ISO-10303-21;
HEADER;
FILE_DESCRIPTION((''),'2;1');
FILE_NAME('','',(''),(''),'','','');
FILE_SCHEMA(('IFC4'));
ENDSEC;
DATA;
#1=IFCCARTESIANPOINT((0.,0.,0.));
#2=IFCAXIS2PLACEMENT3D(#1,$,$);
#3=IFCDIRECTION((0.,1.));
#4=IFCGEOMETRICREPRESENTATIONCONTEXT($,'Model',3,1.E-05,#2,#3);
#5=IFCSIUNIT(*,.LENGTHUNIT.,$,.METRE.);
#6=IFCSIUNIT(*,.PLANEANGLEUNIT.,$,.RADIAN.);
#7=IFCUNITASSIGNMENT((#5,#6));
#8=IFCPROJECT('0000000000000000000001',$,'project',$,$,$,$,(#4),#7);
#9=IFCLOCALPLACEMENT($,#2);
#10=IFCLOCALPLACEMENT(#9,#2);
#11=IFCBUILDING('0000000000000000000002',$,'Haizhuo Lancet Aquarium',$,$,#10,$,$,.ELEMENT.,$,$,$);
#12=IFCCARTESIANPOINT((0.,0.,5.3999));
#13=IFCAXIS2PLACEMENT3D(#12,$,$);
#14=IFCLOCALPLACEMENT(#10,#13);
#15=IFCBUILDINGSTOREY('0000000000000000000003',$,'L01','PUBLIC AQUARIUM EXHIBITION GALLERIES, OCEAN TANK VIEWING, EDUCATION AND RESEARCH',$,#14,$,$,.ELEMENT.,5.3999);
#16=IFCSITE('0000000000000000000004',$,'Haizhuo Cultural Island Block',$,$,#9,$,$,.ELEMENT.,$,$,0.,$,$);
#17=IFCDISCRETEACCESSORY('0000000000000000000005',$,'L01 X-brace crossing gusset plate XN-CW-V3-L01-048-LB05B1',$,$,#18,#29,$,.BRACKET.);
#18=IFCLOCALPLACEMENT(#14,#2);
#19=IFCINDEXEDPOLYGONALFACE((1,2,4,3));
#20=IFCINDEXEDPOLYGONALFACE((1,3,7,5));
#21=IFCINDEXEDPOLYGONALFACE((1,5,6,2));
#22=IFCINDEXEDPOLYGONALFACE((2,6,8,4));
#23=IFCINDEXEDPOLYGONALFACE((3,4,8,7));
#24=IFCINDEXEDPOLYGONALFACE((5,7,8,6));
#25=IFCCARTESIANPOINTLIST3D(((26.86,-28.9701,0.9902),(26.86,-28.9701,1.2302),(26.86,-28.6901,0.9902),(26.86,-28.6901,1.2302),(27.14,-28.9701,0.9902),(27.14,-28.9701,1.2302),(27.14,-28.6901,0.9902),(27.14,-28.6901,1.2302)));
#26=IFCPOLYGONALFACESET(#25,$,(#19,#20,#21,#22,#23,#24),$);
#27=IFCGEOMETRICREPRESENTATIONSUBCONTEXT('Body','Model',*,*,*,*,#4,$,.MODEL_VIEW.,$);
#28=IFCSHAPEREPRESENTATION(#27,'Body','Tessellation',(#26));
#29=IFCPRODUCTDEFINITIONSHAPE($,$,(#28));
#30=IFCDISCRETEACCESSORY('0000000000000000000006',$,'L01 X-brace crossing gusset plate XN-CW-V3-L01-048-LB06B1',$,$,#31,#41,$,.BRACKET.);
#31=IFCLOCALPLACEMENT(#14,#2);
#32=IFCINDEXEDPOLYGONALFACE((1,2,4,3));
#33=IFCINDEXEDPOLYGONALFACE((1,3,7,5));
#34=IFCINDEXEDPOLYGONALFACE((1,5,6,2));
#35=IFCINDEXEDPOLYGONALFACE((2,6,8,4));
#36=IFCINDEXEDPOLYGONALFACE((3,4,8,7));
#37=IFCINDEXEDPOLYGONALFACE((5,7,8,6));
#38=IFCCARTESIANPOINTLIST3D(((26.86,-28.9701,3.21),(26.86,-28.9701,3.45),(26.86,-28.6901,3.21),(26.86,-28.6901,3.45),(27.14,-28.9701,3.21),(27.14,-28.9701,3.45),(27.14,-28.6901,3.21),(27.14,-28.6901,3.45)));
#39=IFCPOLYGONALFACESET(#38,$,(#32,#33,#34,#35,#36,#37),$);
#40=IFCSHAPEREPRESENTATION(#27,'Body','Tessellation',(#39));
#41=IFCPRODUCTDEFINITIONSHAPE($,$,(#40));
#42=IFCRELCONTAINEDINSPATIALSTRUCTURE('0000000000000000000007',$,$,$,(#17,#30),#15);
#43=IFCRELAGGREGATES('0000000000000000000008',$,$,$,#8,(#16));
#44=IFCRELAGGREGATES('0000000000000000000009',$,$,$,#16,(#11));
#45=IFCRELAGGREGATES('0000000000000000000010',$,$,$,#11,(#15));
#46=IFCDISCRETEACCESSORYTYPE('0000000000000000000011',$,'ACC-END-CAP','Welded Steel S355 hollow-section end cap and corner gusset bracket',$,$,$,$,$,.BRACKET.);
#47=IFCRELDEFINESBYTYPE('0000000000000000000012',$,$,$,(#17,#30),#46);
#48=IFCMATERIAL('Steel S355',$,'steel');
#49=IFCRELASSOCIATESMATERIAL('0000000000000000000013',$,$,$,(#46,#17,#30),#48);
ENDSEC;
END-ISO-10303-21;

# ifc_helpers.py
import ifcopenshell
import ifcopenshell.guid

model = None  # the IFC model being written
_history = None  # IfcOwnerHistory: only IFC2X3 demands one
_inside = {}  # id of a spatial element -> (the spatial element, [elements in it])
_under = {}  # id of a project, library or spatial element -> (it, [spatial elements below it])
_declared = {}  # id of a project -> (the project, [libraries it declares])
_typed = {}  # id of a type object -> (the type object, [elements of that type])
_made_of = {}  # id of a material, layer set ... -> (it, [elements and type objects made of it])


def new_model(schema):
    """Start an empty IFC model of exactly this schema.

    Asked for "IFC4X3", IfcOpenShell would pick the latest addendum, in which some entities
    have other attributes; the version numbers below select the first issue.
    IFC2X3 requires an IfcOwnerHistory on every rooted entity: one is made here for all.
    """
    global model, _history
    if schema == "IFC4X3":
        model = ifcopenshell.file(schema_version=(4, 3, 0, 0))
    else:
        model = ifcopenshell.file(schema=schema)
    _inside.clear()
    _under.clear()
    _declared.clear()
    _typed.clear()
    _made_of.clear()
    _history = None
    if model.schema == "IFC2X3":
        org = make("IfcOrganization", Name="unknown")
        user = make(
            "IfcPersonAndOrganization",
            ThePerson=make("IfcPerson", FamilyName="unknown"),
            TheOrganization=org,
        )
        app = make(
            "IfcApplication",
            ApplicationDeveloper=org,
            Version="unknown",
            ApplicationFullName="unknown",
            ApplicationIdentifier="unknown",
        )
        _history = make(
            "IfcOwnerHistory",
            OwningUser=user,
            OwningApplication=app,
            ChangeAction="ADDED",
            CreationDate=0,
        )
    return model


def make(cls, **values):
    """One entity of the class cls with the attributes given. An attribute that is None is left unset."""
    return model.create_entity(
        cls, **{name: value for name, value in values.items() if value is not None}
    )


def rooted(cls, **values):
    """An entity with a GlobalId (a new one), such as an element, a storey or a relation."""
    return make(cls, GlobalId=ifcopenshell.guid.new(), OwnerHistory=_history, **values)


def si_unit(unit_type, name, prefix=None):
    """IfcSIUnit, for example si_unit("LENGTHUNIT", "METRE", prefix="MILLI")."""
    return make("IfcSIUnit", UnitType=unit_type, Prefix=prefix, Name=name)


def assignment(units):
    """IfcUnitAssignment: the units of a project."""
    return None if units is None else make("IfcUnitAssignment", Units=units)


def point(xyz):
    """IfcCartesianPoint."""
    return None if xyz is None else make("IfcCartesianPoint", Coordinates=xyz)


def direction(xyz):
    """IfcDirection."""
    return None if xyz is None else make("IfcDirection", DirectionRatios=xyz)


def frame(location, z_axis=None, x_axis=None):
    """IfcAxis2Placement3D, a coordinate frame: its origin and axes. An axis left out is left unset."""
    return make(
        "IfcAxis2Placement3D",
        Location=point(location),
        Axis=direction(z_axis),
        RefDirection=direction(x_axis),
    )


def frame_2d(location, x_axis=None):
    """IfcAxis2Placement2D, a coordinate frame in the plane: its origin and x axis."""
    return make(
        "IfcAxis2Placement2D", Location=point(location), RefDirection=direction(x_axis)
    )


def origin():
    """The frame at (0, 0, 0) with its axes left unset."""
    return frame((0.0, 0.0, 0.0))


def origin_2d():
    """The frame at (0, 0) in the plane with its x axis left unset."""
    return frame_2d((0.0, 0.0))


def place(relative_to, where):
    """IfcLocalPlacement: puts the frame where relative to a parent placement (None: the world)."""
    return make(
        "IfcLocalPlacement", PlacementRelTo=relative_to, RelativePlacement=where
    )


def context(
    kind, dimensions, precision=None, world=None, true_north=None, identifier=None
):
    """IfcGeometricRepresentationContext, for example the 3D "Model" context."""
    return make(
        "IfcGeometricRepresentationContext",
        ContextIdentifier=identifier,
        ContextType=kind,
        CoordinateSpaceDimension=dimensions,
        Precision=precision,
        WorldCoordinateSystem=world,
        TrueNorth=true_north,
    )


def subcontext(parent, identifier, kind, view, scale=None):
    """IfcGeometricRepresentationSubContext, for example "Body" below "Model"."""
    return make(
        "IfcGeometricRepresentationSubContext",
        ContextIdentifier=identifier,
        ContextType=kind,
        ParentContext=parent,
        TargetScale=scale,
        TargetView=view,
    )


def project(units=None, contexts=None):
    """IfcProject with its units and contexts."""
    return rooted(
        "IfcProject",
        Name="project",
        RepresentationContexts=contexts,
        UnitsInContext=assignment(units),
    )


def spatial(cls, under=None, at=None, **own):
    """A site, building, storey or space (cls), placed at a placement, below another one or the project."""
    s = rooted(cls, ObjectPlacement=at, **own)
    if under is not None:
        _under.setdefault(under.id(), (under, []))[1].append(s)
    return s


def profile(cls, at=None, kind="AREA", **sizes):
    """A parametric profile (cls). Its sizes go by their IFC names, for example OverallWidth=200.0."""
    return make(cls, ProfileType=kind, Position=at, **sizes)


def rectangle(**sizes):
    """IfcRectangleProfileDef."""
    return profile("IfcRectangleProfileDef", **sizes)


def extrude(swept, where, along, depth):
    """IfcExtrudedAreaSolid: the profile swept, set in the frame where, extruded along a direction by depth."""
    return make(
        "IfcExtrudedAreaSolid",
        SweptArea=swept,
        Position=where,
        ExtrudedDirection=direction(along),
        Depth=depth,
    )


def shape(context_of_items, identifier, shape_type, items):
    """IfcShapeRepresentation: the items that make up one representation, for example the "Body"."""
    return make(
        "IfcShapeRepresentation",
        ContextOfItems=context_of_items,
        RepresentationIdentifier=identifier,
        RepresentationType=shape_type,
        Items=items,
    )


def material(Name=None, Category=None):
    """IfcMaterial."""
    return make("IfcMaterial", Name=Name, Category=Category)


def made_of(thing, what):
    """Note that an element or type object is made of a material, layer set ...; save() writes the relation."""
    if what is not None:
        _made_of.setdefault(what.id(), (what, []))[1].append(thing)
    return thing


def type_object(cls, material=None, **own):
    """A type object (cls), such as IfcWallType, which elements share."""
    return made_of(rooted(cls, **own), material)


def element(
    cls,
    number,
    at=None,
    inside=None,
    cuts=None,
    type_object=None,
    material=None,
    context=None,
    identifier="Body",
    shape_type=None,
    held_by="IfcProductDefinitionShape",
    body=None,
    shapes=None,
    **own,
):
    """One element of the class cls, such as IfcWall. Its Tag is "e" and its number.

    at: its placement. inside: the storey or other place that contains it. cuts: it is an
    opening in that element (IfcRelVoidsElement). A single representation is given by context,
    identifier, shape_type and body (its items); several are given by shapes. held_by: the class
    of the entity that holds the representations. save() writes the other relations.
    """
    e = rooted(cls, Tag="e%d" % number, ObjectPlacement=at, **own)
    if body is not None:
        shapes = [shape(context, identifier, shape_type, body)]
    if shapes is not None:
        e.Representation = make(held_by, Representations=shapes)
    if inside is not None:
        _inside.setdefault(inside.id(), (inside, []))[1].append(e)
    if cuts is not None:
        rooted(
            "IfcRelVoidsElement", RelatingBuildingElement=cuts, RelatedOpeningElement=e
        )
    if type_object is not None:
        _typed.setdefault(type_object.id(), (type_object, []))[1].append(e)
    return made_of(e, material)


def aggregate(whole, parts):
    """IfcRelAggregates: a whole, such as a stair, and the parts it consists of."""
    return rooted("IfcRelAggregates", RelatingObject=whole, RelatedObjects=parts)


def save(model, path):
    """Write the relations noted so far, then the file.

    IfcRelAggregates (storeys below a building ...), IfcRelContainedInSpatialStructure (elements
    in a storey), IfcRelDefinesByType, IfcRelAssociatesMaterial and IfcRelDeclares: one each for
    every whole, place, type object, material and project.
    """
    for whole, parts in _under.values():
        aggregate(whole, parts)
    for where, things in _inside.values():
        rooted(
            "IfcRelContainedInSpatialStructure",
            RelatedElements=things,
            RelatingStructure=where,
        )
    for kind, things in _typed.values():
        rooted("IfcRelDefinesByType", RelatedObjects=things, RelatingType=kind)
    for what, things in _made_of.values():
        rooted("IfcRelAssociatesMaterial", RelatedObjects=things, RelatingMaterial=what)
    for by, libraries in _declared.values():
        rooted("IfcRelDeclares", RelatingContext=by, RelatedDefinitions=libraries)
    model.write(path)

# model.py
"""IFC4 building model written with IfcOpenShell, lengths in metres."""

from ifc_helpers import new_model, si_unit, direction, frame, origin, origin_2d, place, context, subcontext, project, spatial, rectangle, extrude, material, type_object, element, save


model = new_model("IFC4")

# Units and contexts
model_context = context("Model", 3, precision=1e-05, world=origin(), true_north=direction((0.0, 1.0)))
body_context = subcontext(model_context, "Body", "Model", "MODEL_VIEW")
ifc_project = project(units=[si_unit("LENGTHUNIT", "METRE"), si_unit("PLANEANGLEUNIT", "RADIAN")], contexts=[model_context])

# Site, building, storey
site_placement = place(None, origin())
site = spatial("IfcSite", under=ifc_project, at=site_placement, Name="Haizhuo Cultural Island Block", CompositionType="ELEMENT", RefElevation=0.0)
building_placement = place(site_placement, origin())
building = spatial("IfcBuilding", under=site, at=building_placement, Name="Haizhuo Lancet Aquarium", CompositionType="ELEMENT")
storey_placement = place(building_placement, frame((0.0, 0.0, 5.3999)))
storey = spatial("IfcBuildingStorey", under=building, at=storey_placement, Name="L01", Description="PUBLIC AQUARIUM EXHIBITION GALLERIES, OCEAN TANK VIEWING, EDUCATION AND RESEARCH", CompositionType="ELEMENT", Elevation=5.3999)

# Shared definitions
ifc_material_1 = material(Name="Steel S355", Category="steel")

# Discrete accessories
discrete_accessory_type = type_object("IfcDiscreteAccessoryType", Name="ACC-END-CAP", Description="Welded Steel S355 hollow-section end cap and corner gusset bracket", PredefinedType="BRACKET", material=ifc_material_1)
for number, where, z_axis, x_axis, name in (
    (1, (27.0, -28.8301, 0.9902), (0.0, 0.0, 1.0), (1.0, 0.0, 0.0), "L01 X-brace crossing gusset plate XN-CW-V3-L01-048-LB05B1"),
    (2, (27.0, -28.8301, 3.21), (0.0, 0.0, 1.0), (1.0, 0.0, 0.0), "L01 X-brace crossing gusset plate XN-CW-V3-L01-048-LB06B1"),
):
    element("IfcDiscreteAccessory", number, at=place(storey_placement, frame(where, z_axis=z_axis, x_axis=x_axis)), inside=storey, type_object=discrete_accessory_type, material=ifc_material_1, Name=name, PredefinedType="BRACKET", context=body_context, shape_type="SweptSolid", body=[
        extrude(rectangle(XDim=0.28, YDim=0.28, at=origin_2d()), origin(), (0.0, 0.0, 1.0), 0.24),
    ])

save(model, "model.ifc")
